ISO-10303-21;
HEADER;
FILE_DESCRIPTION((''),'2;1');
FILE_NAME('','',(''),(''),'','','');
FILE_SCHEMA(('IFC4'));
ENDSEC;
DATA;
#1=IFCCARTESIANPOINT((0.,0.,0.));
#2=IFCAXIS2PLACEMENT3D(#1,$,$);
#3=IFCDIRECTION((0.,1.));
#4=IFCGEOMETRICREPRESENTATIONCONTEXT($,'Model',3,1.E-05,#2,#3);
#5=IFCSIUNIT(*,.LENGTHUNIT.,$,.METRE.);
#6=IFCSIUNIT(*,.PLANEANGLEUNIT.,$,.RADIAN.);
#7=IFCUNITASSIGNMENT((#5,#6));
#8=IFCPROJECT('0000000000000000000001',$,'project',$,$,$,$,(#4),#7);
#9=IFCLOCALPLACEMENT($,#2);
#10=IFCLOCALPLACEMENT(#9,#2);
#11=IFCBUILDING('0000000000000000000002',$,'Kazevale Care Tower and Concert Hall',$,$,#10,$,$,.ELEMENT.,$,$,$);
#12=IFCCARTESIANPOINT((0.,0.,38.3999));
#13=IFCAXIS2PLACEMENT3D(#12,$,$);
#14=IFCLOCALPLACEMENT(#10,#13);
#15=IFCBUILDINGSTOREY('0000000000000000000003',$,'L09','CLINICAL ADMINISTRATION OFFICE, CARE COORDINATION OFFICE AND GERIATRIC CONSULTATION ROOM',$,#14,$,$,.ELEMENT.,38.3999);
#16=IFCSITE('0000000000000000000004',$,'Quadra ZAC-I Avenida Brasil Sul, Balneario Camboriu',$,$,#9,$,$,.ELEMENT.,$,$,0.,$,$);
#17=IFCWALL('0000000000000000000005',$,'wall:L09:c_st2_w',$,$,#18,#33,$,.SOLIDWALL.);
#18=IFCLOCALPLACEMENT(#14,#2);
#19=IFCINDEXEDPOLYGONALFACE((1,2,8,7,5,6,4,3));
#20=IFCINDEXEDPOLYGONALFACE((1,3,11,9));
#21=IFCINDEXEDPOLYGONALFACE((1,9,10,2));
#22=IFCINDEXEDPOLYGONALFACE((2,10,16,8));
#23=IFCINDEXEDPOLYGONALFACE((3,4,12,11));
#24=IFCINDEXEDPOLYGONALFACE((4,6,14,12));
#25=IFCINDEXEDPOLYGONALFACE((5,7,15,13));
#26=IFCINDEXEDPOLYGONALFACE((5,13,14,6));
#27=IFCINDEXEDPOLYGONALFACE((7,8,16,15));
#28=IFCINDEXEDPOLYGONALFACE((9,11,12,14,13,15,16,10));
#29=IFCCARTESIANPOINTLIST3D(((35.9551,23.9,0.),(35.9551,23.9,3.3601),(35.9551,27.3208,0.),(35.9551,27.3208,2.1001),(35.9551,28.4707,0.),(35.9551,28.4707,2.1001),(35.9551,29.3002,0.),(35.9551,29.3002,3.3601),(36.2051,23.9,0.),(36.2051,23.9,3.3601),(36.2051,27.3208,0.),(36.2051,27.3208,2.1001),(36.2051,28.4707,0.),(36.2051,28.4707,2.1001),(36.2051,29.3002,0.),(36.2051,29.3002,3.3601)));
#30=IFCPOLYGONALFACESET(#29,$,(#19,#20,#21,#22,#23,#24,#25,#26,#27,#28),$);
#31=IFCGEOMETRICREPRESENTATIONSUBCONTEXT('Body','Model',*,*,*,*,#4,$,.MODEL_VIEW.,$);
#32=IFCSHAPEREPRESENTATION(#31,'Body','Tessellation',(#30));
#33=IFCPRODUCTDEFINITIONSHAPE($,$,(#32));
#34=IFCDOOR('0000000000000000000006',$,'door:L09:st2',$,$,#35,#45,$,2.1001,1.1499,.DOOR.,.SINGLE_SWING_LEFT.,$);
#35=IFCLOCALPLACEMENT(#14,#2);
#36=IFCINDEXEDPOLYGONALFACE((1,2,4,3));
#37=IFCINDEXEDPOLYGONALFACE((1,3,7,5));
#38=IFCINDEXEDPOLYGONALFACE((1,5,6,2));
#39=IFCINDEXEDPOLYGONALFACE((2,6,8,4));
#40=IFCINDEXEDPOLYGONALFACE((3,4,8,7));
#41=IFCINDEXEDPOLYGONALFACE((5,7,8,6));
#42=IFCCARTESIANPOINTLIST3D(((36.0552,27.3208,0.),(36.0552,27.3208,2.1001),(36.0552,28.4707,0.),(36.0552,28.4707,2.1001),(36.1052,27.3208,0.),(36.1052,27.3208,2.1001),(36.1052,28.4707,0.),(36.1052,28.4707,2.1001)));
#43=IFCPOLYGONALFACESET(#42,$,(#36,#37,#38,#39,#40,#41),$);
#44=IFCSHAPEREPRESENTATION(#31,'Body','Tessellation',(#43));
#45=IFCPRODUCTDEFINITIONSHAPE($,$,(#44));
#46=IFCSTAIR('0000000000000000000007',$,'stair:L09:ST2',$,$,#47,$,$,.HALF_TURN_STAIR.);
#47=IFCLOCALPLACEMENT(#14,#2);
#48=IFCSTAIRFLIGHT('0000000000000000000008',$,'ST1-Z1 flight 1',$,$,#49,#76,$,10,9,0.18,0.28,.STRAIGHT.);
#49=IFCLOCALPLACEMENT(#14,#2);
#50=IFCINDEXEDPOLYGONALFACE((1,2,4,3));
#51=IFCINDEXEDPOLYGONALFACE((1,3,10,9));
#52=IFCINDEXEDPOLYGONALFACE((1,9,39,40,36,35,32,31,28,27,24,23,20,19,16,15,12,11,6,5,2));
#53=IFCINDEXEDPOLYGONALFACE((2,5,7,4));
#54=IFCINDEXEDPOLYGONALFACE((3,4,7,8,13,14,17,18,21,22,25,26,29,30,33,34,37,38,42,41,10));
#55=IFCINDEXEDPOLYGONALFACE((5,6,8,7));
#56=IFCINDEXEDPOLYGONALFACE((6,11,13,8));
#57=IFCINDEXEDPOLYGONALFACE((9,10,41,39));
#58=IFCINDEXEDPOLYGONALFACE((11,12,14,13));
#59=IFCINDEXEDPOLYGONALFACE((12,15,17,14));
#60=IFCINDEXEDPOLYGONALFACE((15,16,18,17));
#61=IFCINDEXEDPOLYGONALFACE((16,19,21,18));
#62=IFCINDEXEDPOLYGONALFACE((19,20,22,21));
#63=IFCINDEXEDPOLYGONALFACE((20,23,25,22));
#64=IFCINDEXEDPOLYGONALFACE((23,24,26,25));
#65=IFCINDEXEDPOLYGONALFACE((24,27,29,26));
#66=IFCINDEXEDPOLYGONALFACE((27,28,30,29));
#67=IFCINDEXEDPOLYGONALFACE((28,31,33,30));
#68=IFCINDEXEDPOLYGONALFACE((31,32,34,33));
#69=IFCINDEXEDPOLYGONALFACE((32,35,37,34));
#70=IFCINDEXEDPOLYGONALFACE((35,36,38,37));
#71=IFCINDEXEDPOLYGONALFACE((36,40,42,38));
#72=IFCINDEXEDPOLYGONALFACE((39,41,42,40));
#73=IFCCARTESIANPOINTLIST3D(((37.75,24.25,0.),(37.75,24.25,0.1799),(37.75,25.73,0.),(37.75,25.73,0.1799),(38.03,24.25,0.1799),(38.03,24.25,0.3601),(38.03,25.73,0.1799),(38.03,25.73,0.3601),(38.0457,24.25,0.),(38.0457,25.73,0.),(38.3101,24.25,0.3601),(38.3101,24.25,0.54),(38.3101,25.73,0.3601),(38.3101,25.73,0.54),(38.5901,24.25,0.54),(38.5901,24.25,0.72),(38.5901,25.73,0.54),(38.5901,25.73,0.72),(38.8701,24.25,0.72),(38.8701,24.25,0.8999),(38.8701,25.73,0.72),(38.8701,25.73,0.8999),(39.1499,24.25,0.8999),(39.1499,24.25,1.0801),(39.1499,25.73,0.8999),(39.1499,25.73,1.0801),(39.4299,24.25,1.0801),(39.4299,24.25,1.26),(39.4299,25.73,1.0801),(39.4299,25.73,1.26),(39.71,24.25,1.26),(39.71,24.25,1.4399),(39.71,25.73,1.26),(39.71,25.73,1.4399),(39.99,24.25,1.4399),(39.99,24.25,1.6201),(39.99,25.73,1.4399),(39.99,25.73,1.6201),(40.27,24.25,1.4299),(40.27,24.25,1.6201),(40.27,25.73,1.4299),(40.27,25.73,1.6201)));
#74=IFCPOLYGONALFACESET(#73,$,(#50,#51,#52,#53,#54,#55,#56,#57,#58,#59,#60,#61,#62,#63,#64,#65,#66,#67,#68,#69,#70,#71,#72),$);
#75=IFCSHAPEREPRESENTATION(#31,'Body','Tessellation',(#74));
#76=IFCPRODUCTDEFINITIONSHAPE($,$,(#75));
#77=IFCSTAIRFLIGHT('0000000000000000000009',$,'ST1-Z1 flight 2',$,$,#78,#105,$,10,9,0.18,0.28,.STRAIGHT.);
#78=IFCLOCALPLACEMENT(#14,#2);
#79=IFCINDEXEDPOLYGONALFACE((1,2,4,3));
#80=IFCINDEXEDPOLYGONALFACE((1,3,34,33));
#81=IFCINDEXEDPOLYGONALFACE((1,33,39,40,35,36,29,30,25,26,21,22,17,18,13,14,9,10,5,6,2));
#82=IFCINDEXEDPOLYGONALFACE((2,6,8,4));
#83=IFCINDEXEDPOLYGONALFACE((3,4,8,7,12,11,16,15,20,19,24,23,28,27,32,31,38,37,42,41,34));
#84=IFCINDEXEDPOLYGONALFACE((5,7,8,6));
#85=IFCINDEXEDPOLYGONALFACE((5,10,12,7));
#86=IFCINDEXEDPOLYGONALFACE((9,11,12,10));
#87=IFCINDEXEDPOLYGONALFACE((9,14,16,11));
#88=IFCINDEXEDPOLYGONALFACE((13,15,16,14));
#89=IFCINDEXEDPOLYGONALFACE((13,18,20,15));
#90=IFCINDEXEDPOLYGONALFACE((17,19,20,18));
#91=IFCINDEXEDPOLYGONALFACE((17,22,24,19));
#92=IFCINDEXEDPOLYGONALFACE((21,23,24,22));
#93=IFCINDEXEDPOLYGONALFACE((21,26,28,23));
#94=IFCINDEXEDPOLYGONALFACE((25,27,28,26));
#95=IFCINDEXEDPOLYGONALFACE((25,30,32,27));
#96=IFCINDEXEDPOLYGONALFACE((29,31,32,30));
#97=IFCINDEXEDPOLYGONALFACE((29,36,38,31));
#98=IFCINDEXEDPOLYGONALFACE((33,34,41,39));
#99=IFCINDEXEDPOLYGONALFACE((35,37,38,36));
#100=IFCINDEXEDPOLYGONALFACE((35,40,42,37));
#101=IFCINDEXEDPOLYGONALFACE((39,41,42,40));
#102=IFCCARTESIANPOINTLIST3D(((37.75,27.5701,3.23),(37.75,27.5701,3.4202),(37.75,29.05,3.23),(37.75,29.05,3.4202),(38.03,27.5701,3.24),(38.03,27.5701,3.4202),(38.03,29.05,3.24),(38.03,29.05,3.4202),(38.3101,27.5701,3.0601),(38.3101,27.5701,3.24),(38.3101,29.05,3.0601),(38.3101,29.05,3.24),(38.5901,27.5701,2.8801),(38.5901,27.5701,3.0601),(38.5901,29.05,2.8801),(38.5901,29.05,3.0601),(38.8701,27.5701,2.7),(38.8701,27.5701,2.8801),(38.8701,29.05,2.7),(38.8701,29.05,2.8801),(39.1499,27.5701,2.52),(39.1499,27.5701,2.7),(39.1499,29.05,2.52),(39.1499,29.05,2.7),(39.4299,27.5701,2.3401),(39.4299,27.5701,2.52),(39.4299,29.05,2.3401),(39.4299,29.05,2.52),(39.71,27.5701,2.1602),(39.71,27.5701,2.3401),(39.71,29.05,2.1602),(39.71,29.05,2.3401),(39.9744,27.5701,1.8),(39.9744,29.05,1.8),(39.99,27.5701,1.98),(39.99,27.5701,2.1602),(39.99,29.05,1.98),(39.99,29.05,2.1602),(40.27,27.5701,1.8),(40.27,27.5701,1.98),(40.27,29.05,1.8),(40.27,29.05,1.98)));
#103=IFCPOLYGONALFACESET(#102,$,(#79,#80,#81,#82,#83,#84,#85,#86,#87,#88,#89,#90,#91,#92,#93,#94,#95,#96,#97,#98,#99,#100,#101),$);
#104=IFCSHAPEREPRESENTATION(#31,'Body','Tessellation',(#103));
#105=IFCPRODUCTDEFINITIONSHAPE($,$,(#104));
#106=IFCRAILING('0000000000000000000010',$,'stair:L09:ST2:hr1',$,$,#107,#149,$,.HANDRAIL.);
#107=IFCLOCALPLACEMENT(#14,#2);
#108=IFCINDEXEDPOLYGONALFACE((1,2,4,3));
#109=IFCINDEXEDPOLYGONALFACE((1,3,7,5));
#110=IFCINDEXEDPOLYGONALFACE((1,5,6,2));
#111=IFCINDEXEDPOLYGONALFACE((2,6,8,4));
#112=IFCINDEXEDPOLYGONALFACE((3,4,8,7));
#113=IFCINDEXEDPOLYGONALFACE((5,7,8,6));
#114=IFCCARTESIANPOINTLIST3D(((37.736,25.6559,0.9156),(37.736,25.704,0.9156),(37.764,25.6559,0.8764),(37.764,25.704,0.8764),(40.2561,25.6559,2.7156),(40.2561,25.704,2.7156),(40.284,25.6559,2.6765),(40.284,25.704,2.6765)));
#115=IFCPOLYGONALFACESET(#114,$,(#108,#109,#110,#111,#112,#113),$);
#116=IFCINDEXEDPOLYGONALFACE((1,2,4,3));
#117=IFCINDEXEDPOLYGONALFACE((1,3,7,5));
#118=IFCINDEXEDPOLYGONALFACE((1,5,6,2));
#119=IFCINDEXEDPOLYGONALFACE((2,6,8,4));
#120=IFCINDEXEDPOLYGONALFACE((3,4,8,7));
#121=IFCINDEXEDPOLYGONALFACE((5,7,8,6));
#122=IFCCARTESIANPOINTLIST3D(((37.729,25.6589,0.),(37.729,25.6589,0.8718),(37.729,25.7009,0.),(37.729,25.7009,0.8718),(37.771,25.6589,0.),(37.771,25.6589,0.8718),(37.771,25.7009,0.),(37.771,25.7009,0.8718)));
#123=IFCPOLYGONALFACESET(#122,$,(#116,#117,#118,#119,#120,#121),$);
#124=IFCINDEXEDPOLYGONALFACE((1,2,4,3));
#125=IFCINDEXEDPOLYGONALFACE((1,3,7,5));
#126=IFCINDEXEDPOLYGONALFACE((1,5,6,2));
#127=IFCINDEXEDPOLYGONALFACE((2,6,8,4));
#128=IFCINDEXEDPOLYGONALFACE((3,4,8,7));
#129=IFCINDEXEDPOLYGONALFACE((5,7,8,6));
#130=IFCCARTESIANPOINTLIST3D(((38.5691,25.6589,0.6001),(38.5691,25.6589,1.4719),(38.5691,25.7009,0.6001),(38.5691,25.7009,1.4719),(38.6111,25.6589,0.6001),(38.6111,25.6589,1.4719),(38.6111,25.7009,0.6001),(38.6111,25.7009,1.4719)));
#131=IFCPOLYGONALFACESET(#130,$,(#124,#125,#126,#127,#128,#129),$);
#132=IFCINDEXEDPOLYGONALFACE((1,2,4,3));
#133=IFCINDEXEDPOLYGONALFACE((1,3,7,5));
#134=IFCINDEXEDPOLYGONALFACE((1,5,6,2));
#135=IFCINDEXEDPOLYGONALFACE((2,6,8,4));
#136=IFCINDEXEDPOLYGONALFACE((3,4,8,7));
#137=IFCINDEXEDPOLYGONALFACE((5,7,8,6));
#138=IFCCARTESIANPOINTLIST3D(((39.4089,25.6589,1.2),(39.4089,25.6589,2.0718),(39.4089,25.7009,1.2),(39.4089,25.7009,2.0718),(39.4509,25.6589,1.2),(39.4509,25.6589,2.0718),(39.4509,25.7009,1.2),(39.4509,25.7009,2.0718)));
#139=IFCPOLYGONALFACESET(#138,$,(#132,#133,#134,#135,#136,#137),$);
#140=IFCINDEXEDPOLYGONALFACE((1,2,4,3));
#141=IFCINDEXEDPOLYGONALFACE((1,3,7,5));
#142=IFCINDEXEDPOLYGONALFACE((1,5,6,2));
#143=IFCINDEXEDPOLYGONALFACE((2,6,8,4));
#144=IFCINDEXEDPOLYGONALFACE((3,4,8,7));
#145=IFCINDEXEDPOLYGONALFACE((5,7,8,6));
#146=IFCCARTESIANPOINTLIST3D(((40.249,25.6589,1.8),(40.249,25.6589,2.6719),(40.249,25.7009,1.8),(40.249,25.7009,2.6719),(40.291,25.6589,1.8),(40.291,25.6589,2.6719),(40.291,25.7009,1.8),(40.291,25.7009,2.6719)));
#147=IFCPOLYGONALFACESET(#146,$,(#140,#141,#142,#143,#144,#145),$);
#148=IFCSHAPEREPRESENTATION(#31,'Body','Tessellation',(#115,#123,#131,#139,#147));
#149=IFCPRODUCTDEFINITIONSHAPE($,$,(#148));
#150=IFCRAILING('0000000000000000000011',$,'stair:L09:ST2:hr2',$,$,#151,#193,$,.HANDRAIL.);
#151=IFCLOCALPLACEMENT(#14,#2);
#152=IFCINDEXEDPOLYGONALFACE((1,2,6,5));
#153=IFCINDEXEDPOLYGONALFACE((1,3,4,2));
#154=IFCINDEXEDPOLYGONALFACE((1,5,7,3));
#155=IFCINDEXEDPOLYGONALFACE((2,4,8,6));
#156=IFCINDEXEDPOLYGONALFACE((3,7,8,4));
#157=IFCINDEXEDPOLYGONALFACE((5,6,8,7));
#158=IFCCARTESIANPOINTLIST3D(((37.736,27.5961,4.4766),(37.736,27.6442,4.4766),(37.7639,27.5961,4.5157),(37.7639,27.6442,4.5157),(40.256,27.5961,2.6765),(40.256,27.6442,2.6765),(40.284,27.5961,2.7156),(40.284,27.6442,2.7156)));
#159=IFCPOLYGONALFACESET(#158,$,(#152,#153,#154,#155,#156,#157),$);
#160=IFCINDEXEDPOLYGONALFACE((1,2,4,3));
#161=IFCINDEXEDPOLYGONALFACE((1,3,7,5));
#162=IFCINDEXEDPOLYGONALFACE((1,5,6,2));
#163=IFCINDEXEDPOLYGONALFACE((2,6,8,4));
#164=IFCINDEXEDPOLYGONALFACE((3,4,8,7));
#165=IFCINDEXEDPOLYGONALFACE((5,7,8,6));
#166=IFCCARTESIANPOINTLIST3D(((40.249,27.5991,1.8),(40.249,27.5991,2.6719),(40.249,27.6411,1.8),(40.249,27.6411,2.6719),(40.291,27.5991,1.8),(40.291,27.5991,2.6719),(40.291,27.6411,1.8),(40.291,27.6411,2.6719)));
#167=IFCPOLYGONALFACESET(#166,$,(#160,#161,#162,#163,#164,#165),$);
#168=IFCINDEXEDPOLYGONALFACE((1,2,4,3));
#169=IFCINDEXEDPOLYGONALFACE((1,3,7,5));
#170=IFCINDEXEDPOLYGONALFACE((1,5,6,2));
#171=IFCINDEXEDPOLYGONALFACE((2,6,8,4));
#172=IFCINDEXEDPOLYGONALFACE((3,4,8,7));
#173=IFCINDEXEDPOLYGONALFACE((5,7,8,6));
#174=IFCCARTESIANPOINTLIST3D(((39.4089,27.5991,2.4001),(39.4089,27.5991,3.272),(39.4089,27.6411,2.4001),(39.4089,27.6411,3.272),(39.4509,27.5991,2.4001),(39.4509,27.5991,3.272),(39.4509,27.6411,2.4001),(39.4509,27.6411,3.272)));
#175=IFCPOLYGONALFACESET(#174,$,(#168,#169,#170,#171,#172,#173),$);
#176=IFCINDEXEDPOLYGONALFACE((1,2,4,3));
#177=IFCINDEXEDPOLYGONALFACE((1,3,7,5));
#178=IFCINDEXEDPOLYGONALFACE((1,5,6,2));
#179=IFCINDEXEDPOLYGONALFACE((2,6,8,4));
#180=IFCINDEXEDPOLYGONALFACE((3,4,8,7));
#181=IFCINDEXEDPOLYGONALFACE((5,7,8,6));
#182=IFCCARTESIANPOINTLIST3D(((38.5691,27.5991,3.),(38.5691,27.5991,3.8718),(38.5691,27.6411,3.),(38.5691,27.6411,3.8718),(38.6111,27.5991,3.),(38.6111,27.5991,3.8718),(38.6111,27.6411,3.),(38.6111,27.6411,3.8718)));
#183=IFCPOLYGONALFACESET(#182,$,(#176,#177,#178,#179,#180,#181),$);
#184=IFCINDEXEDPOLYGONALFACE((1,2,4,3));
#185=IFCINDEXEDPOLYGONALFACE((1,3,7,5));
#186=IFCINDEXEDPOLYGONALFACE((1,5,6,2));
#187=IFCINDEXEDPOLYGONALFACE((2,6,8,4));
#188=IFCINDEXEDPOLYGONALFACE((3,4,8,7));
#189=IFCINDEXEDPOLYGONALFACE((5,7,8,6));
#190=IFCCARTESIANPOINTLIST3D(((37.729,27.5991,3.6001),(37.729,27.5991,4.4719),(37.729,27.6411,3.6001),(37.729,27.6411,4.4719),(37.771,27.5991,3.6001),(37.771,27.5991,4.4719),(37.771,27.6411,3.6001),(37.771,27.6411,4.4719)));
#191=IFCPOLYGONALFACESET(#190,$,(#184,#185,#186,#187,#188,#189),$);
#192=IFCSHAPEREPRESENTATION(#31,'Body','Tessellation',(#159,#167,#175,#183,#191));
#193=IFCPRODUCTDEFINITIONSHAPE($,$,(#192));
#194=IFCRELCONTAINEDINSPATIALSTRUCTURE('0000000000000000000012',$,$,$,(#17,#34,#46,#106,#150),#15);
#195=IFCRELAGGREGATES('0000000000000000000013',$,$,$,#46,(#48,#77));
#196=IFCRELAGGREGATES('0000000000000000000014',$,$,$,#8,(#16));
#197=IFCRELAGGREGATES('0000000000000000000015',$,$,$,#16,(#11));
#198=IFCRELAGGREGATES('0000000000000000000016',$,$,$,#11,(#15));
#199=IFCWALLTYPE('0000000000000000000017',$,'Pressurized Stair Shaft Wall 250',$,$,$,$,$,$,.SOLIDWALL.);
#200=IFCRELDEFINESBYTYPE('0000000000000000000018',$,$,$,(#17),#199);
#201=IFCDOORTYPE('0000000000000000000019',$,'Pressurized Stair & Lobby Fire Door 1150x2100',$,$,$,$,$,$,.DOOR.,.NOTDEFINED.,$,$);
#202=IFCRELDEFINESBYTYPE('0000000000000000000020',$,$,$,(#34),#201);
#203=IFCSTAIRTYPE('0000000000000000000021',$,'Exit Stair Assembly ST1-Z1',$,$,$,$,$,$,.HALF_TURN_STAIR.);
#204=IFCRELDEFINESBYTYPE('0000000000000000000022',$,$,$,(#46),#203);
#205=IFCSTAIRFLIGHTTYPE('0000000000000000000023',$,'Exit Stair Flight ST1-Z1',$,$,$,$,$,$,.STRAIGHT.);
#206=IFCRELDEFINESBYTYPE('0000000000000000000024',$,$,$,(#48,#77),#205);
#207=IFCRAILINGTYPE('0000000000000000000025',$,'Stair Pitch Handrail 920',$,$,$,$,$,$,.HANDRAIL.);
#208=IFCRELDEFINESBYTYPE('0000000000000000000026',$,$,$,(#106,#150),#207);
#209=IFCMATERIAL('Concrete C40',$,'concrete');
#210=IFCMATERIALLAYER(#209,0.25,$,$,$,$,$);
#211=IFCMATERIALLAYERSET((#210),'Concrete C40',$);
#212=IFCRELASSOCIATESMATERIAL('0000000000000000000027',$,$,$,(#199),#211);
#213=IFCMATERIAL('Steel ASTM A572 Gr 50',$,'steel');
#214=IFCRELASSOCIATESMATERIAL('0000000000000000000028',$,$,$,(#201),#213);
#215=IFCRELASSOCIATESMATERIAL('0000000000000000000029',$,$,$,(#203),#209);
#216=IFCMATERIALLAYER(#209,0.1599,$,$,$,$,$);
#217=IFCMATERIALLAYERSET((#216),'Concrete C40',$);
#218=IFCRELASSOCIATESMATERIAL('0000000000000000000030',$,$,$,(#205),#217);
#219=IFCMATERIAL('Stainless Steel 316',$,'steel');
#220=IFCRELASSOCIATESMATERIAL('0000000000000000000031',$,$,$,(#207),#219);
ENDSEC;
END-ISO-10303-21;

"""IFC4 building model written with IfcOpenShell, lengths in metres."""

from ifc_helpers import new_model, si_unit, direction, frame, frame_2d, origin, origin_2d, place, context, subcontext, project, spatial, polyline, rectangle, outline, extrude, material, layer, layer_set, type_object, element, fill, aggregate, save


model = new_model("IFC4")

# Units and contexts
model_context = context("Model", 3, precision=1e-05, world=origin(), true_north=direction((0.0, 1.0)))
body_context = subcontext(model_context, "Body", "Model", "MODEL_VIEW")
ifc_project = project(units=[si_unit("LENGTHUNIT", "METRE"), si_unit("PLANEANGLEUNIT", "RADIAN")], contexts=[model_context])

# Site, building, storey
site_placement = place(None, origin())
site = spatial("IfcSite", under=ifc_project, at=site_placement, Name="Quadra ZAC-I Avenida Brasil Sul, Balneario Camboriu", CompositionType="ELEMENT", RefElevation=0.0)
building_placement = place(site_placement, origin())
building = spatial("IfcBuilding", under=site, at=building_placement, Name="Kazevale Care Tower and Concert Hall", CompositionType="ELEMENT")
storey_placement = place(building_placement, frame((0.0, 0.0, 38.3999)))
storey = spatial("IfcBuildingStorey", under=building, at=storey_placement, Name="L09", Description="CLINICAL ADMINISTRATION OFFICE, CARE COORDINATION OFFICE AND GERIATRIC CONSULTATION ROOM", CompositionType="ELEMENT", Elevation=38.3999)

# Shared definitions
ifc_material_1 = material(Name="Steel ASTM A572 Gr 50", Category="steel")

# Wall, opening, door
ifc_material_2 = material(Name="Concrete C40", Category="concrete")
ifc_layer_1 = layer(ifc_material_2, 0.25)
ifc_layer_set_1 = layer_set([ifc_layer_1], Name="Concrete C40")
wall_type_1 = type_object("IfcWallType", Name="Pressurized Stair Shaft Wall 250", PredefinedType="SOLIDWALL", material=ifc_layer_set_1)
wall_1_placement = place(storey_placement, frame((36.0801, 23.8999, 0.0), z_axis=(0.0, 0.0, 1.0), x_axis=(0.0, 1.0, 0.0)))
wall_1 = element("IfcWall", 1, at=wall_1_placement, inside=storey, type_object=wall_type_1, Name="wall:L09:c_st2_w", PredefinedType="SOLIDWALL", context=body_context, shape_type="SweptSolid", body=[
    extrude(rectangle(XDim=5.4001, YDim=0.25, at=frame_2d((2.7002, 0.0))), origin(), (0.0, 0.0, 1.0), 3.3601),
])
opening_1_placement = place(wall_1_placement, frame((3.4209, 0.0, 0.0)))
opening_1 = element("IfcOpeningElement", 2, at=opening_1_placement, cuts=wall_1, PredefinedType="OPENING", context=body_context, shape_type="SweptSolid", body=[
    extrude(rectangle(XDim=1.1499, YDim=2.1001, at=frame_2d((0.575, 1.05))), frame((0.0, 0.135, 0.0), z_axis=(0.0, -1.0, 0.0), x_axis=(1.0, 0.0, 0.0)), (0.0, 0.0, 1.0), 0.27),
])
door_type_1 = type_object("IfcDoorType", Name="Pressurized Stair & Lobby Fire Door 1150x2100", OperationType="NOTDEFINED", PredefinedType="DOOR", material=ifc_material_1)
door_1_placement = place(opening_1_placement, origin())
door_1 = element("IfcDoor", 3, at=door_1_placement, inside=storey, type_object=door_type_1, Name="door:L09:st2", OperationType="SINGLE_SWING_LEFT", OverallHeight=2.1001, OverallWidth=1.1499, PredefinedType="DOOR", context=body_context, shape_type="SweptSolid", body=[
    extrude(rectangle(XDim=1.1499, YDim=2.1001, at=frame_2d((0.575, 1.05))), frame((0.0, 0.0249, 0.0), z_axis=(0.0, -1.0, 0.0), x_axis=(1.0, 0.0, 0.0)), (0.0, 0.0, 1.0), 0.05),
])
fill(opening_1, door_1)

# Stair, stair flights
stair_type = type_object("IfcStairType", Name="Exit Stair Assembly ST1-Z1", PredefinedType="HALF_TURN_STAIR", material=ifc_material_2)
stair_placement = place(storey_placement, origin())
stair = element("IfcStair", 4, at=stair_placement, inside=storey, type_object=stair_type, Name="stair:L09:ST2", PredefinedType="HALF_TURN_STAIR")
ifc_layer_2 = layer(ifc_material_2, 0.1599)
ifc_layer_set_2 = layer_set([ifc_layer_2], Name="Concrete C40")
stair_flight_type = type_object("IfcStairFlightType", Name="Exit Stair Flight ST1-Z1", PredefinedType="STRAIGHT", material=ifc_layer_set_2)
stair_flight_1_placement = place(storey_placement, frame((37.75, 24.99, 0.0), z_axis=(0.0, 0.0, 1.0), x_axis=(1.0, 0.0, 0.0)))
stair_flight_1 = element("IfcStairFlight", 5, at=stair_flight_1_placement, type_object=stair_flight_type, Name="ST1-Z1 flight 1", NumberOfRisers=10, NumberOfTreads=9, PredefinedType="STRAIGHT", RiserHeight=0.18, TreadLength=0.28, context=body_context, shape_type="SweptSolid", body=[
    extrude(outline(polyline([(0.0, 0.0), (0.0, 0.1799), (0.28, 0.1799), (0.28, 0.3601), (0.5601, 0.3601), (0.5601, 0.54), (0.8401, 0.54), (0.8401, 0.72), (1.1201, 0.72), (1.1201, 0.8999), (1.3999, 0.8999), (1.3999, 1.0801), (1.6799, 1.0801), (1.6799, 1.26), (1.96, 1.26), (1.96, 1.4399), (2.24, 1.4399), (2.24, 1.6201), (2.52, 1.6201), (2.52, 1.8), (2.52, 1.4299), (0.2957, 0.0), (0.0, 0.0)])), frame((0.0, 0.74, 0.0), z_axis=(0.0, -1.0, 0.0), x_axis=(1.0, 0.0, 0.0)), (0.0, 0.0, 1.0), 1.48),
])
stair_flight_2_placement = place(storey_placement, frame((40.27, 28.3101, 1.8), z_axis=(0.0, 0.0, 1.0), x_axis=(-1.0, 0.0, 0.0)))
stair_flight_2 = element("IfcStairFlight", 6, at=stair_flight_2_placement, type_object=stair_flight_type, Name="ST1-Z1 flight 2", NumberOfRisers=10, NumberOfTreads=9, PredefinedType="STRAIGHT", RiserHeight=0.18, TreadLength=0.28, context=body_context, shape_type="SweptSolid", body=[
    extrude(outline(polyline([(0.0, 0.0), (0.0, 0.1799), (0.28, 0.1799), (0.28, 0.3601), (0.5601, 0.3601), (0.5601, 0.54), (0.8401, 0.54), (0.8401, 0.72), (1.1201, 0.72), (1.1201, 0.8999), (1.3999, 0.8999), (1.3999, 1.0801), (1.6799, 1.0801), (1.6799, 1.26), (1.96, 1.26), (1.96, 1.4399), (2.24, 1.4399), (2.24, 1.6201), (2.52, 1.6201), (2.52, 1.8), (2.52, 1.4299), (0.2957, 0.0), (0.0, 0.0)])), frame((0.0, 0.74, 0.0), z_axis=(0.0, -1.0, 0.0), x_axis=(1.0, 0.0, 0.0)), (0.0, 0.0, 1.0), 1.48),
])
aggregate(stair, [stair_flight_1, stair_flight_2])

# Railings
ifc_material_3 = material(Name="Stainless Steel 316", Category="steel")
railing_type_1 = type_object("IfcRailingType", Name="Stair Pitch Handrail 920", PredefinedType="HANDRAIL", material=ifc_material_3)
railing_1_placement = place(storey_placement, frame((37.75, 25.6799, 0.0)))
element("IfcRailing", 7, at=railing_1_placement, inside=storey, type_object=railing_type_1, Name="stair:L09:ST2:hr1", PredefinedType="HANDRAIL", context=body_context, shape_type="SweptSolid", body=[
    extrude(rectangle(XDim=0.0481, YDim=0.0481, at=origin_2d()), frame((0.0, 0.0, 0.896), z_axis=(0.813728, 0.0, 0.581246), x_axis=(0.0, 1.0, 0.0)), (0.0, 0.0, 1.0), 3.0969),
    extrude(rectangle(XDim=0.042, YDim=0.042, at=origin_2d()), origin(), (0.0, 0.0, 1.0), 0.8718),
    extrude(rectangle(XDim=0.042, YDim=0.042, at=origin_2d()), frame((0.8401, 0.0, 0.6001)), (0.0, 0.0, 1.0), 0.8718),
    extrude(rectangle(XDim=0.042, YDim=0.042, at=origin_2d()), frame((1.6799, 0.0, 1.2)), (0.0, 0.0, 1.0), 0.8718),
    extrude(rectangle(XDim=0.042, YDim=0.042, at=origin_2d()), frame((2.52, 0.0, 1.8)), (0.0, 0.0, 1.0), 0.8718),
])
railing_2_placement = place(storey_placement, frame((40.27, 27.6201, 1.8)))
element("IfcRailing", 8, at=railing_2_placement, inside=storey, type_object=railing_type_1, Name="stair:L09:ST2:hr2", PredefinedType="HANDRAIL", context=body_context, shape_type="SweptSolid", body=[
    extrude(rectangle(XDim=0.0481, YDim=0.0481, at=origin_2d()), frame((0.0, 0.0, 0.896), z_axis=(-0.813728, 0.0, 0.581246), x_axis=(0.0, -1.0, 0.0)), (0.0, 0.0, 1.0), 3.0969),
    extrude(rectangle(XDim=0.042, YDim=0.042, at=origin_2d()), origin(), (0.0, 0.0, 1.0), 0.8718),
    extrude(rectangle(XDim=0.042, YDim=0.042, at=origin_2d()), frame((-0.8401, 0.0, 0.6001)), (0.0, 0.0, 1.0), 0.8718),
    extrude(rectangle(XDim=0.042, YDim=0.042, at=origin_2d()), frame((-1.6799, 0.0, 1.2)), (0.0, 0.0, 1.0), 0.8718),
    extrude(rectangle(XDim=0.042, YDim=0.042, at=origin_2d()), frame((-2.52, 0.0, 1.8)), (0.0, 0.0, 1.0), 0.8718),
])

save(model, "model.ifc")
